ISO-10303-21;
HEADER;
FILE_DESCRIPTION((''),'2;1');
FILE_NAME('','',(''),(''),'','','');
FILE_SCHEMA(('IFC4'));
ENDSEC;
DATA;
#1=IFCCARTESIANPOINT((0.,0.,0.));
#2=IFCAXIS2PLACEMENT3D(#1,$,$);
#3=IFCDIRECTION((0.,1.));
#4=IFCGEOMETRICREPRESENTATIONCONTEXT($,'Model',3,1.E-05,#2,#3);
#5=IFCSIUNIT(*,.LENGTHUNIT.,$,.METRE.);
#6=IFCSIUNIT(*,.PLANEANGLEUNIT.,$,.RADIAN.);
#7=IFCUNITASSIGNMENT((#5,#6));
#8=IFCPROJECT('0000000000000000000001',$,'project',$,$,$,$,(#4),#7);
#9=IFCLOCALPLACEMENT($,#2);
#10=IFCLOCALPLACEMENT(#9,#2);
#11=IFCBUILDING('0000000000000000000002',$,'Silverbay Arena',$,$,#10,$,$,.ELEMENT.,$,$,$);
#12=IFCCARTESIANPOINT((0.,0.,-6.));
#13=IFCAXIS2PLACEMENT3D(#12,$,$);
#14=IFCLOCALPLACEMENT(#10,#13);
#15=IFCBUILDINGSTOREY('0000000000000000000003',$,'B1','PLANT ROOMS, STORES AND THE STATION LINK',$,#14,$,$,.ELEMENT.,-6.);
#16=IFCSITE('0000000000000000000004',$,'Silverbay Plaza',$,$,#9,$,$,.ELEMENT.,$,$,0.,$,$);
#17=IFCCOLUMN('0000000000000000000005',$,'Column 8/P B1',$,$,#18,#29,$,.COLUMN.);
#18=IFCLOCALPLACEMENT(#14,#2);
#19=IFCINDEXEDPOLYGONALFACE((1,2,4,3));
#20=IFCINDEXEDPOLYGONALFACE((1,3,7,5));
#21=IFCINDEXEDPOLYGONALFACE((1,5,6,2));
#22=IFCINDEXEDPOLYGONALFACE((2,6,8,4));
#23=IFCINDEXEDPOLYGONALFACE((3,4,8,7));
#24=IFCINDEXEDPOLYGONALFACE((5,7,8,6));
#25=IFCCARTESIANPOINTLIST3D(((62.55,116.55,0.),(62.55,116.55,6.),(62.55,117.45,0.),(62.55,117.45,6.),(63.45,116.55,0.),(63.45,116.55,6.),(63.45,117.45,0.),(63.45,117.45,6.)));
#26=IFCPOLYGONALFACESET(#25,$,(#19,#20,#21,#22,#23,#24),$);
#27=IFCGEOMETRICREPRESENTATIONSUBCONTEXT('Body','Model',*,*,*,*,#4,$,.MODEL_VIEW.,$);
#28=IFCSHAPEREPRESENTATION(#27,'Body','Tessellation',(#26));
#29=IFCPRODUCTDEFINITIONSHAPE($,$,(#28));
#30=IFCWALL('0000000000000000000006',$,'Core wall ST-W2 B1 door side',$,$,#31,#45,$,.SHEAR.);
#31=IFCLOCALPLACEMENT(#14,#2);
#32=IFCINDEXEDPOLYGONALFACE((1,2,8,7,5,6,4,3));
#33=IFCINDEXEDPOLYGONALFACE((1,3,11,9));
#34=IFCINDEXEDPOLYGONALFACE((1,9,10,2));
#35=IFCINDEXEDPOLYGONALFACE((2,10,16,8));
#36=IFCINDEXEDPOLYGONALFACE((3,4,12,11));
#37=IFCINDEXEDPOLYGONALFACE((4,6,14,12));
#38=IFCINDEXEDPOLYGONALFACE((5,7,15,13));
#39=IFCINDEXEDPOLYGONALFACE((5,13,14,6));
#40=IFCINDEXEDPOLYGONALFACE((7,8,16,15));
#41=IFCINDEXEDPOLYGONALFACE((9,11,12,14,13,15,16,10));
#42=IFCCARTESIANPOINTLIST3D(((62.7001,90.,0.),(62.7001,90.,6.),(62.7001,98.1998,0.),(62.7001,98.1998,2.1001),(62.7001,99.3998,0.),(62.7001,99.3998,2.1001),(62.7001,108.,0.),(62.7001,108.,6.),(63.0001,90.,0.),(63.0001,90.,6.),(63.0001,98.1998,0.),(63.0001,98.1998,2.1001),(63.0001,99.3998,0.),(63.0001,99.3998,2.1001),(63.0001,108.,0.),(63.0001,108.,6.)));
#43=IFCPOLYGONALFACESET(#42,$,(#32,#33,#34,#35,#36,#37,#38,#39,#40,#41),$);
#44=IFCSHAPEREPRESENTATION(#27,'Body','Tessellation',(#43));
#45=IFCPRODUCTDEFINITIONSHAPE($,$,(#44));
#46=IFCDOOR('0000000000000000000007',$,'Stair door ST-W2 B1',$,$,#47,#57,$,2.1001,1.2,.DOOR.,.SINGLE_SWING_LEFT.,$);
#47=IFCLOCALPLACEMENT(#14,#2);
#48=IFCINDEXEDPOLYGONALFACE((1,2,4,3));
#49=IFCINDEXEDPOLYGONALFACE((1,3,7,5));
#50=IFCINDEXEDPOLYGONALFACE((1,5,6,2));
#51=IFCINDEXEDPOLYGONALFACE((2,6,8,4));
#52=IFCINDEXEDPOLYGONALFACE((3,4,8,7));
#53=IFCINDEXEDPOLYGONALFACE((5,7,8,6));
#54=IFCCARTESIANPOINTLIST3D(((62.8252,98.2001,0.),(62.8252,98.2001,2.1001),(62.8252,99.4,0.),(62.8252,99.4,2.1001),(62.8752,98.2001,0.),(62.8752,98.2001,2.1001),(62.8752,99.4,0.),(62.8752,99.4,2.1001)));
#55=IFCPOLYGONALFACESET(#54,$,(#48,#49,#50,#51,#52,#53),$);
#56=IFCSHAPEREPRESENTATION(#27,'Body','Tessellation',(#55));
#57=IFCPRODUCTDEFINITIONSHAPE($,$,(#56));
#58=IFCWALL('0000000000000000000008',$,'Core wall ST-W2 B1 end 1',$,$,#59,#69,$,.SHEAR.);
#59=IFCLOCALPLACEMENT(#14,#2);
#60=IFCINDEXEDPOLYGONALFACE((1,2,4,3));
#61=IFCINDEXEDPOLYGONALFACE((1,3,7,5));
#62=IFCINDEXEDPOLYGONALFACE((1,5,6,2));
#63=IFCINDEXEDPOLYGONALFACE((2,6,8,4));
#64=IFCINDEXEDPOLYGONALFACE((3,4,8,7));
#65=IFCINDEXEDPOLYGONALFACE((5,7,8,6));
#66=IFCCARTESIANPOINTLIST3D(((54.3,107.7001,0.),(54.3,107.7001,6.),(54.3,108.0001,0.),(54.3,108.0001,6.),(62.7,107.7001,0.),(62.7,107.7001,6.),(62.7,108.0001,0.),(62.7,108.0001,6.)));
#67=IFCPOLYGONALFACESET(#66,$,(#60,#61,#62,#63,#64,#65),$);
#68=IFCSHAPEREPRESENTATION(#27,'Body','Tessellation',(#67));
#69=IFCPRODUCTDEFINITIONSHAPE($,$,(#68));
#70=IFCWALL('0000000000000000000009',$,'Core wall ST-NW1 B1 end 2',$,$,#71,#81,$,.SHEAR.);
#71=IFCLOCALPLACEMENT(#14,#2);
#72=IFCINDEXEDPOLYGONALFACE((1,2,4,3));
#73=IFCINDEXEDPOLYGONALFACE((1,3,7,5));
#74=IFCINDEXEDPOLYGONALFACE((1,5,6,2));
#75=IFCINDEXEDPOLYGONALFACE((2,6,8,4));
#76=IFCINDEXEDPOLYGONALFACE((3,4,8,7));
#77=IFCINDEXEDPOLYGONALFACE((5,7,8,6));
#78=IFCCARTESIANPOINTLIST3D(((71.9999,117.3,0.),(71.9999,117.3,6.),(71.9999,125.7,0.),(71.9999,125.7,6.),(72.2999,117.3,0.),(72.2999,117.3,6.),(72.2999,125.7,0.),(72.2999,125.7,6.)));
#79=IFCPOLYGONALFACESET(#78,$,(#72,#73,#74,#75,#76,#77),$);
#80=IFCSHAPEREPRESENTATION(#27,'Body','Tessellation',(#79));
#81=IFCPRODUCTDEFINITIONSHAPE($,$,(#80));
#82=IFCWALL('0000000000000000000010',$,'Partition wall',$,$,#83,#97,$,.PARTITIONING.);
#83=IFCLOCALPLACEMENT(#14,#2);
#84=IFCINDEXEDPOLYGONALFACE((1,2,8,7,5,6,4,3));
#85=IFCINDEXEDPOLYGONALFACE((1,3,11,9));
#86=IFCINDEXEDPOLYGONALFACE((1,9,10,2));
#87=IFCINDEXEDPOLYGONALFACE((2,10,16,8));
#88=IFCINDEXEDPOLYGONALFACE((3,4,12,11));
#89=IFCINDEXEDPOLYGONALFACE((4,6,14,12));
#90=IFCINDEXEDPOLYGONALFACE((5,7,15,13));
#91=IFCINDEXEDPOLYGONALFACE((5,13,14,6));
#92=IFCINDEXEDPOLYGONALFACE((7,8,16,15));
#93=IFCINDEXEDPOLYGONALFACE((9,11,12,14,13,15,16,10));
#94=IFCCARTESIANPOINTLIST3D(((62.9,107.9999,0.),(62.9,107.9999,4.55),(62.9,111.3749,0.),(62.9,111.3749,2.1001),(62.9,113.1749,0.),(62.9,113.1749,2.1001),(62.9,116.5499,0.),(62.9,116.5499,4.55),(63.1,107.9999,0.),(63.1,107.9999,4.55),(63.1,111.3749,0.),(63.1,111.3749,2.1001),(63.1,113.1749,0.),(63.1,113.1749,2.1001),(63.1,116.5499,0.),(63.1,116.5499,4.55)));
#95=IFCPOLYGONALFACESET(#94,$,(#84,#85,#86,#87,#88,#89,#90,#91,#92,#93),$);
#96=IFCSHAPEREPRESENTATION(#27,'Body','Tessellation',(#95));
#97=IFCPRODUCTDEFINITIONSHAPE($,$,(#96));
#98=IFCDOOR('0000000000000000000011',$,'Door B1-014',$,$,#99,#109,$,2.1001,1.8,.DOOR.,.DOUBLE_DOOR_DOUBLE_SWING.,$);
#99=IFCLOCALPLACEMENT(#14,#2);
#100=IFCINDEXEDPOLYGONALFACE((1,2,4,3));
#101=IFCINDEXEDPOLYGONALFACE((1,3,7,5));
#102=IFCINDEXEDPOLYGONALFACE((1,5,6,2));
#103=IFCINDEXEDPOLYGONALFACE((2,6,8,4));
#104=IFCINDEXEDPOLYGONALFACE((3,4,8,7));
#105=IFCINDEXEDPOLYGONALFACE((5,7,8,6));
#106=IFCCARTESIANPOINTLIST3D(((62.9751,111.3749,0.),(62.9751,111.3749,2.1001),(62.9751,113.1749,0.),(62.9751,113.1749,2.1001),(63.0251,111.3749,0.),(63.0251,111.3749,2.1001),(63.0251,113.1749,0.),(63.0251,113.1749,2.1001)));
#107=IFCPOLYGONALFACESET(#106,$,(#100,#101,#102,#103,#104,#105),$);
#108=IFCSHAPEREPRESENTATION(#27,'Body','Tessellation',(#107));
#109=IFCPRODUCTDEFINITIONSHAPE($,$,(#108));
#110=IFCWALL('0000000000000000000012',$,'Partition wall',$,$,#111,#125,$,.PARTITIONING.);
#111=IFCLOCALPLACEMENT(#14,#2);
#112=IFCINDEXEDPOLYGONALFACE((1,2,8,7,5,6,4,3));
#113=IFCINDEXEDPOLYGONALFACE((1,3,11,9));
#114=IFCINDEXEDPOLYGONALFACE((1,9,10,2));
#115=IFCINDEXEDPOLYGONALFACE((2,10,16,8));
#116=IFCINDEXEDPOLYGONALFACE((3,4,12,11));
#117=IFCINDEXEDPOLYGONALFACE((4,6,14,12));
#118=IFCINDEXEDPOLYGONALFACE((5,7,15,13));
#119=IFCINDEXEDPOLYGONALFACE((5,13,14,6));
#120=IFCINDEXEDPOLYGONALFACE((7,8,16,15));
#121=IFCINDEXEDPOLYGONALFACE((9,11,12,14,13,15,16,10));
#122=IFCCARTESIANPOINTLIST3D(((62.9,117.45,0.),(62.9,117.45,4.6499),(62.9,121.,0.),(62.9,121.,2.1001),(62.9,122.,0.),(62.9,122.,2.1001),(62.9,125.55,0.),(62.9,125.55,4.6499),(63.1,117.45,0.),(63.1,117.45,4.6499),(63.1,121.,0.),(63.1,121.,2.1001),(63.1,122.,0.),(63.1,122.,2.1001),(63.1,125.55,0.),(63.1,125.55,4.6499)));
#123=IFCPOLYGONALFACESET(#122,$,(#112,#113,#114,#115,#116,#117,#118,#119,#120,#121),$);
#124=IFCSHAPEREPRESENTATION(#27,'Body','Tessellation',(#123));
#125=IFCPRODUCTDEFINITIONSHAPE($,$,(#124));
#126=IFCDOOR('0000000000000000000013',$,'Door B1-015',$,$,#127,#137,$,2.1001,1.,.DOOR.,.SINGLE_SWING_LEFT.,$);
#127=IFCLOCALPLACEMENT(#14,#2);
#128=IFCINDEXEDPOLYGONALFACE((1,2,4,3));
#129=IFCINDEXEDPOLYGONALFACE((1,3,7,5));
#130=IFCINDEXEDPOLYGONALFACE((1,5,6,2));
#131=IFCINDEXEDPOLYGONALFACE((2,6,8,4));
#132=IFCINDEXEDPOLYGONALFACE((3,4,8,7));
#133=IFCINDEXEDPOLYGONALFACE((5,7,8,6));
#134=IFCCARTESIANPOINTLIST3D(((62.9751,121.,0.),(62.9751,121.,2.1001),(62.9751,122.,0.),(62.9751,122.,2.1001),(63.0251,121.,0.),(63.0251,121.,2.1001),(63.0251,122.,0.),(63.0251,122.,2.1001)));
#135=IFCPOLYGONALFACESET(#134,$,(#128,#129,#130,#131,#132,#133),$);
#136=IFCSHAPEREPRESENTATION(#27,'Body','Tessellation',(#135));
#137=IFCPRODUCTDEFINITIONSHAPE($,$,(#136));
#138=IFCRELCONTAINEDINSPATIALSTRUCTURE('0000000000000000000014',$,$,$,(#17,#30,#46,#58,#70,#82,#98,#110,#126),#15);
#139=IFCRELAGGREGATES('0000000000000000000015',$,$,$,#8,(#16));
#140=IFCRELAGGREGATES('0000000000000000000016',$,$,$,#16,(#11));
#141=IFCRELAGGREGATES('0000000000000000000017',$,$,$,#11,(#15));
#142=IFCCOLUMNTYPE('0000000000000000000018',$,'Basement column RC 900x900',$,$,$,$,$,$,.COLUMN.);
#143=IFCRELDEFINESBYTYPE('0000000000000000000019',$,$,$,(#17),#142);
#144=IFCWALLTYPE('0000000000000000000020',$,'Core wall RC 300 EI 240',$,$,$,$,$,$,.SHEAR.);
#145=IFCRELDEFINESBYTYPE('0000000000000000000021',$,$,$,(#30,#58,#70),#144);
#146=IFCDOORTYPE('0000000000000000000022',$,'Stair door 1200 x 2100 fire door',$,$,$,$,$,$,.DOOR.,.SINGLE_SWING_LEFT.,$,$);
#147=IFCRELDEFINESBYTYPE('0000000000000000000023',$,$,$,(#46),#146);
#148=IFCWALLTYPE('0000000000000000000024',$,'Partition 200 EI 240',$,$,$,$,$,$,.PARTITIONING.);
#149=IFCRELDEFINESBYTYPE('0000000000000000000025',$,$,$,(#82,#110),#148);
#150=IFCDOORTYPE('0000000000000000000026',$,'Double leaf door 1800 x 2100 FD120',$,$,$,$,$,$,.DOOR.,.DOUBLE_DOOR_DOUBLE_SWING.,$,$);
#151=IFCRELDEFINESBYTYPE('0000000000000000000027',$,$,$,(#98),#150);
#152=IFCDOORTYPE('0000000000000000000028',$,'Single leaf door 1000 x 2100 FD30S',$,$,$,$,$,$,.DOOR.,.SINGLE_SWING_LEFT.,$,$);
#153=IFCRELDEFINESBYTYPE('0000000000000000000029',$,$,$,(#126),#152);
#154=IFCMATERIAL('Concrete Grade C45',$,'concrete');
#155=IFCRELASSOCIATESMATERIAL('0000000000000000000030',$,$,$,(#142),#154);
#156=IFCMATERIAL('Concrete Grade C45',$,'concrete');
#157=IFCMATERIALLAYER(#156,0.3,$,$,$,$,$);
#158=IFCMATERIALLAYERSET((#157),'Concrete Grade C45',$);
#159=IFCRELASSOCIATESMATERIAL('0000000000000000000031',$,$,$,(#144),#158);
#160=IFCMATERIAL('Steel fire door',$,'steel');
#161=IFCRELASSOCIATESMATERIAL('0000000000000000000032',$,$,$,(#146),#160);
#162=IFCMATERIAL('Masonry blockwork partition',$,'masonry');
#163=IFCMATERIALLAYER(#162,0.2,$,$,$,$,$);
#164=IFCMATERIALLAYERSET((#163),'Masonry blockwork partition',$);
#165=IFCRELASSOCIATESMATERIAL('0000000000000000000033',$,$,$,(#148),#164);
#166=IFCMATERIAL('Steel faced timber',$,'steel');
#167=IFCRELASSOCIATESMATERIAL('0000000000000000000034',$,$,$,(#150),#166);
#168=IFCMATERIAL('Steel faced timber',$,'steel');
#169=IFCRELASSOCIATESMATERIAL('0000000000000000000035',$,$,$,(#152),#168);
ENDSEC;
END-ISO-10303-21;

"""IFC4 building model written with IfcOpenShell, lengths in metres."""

from ifc_helpers import new_model, si_unit, direction, frame, frame_2d, origin, origin_2d, place, context, subcontext, project, spatial, rectangle, extrude, material, layer, layer_set, material_profile, profile_set, type_object, element, fill, save


model = new_model("IFC4")

# Units and contexts
model_context = context("Model", 3, precision=1e-05, world=origin(), true_north=direction((0.0, 1.0)))
body_context = subcontext(model_context, "Body", "Model", "MODEL_VIEW")
ifc_project = project(units=[si_unit("LENGTHUNIT", "METRE"), si_unit("PLANEANGLEUNIT", "RADIAN")], contexts=[model_context])

# Site, building, storey
site_placement = place(None, origin())
site = spatial("IfcSite", under=ifc_project, at=site_placement, Name="Silverbay Plaza", CompositionType="ELEMENT", RefElevation=0.0)
building_placement = place(site_placement, origin())
building = spatial("IfcBuilding", under=site, at=building_placement, Name="Silverbay Arena", CompositionType="ELEMENT")
storey_placement = place(building_placement, frame((0.0, 0.0, -6.0)))
storey = spatial("IfcBuildingStorey", under=building, at=storey_placement, Name="B1", Description="PLANT ROOMS, STORES AND THE STATION LINK", CompositionType="ELEMENT", Elevation=-6.0)

# Column
ifc_material_1 = material(Name="Concrete Grade C45", Category="concrete")
ifc_material_profile_1 = material_profile(ifc_material_1, rectangle(XDim=0.8999, YDim=0.8999, at=origin_2d()), Name="RC 900x900")
ifc_profile_set_1 = profile_set([ifc_material_profile_1], Name="Concrete Grade C45")
column_type = type_object("IfcColumnType", Name="Basement column RC 900x900", PredefinedType="COLUMN", material=ifc_profile_set_1)
column_placement = place(storey_placement, frame((63.0, 117.0, 0.0), z_axis=(0.0, 0.0, 1.0), x_axis=(1.0, 0.0, 0.0)))
element("IfcColumn", 1, at=column_placement, inside=storey, type_object=column_type, Name="Column 8/P B1", PredefinedType="COLUMN", context=body_context, shape_type="SweptSolid", body=[
    extrude(rectangle(XDim=0.8999, YDim=0.8999, at=origin_2d()), origin(), (0.0, 0.0, 1.0), 6.0),
])

# Wall, opening, door
ifc_material_2 = material(Name="Concrete Grade C45", Category="concrete")
ifc_layer_1 = layer(ifc_material_2, 0.3)
ifc_layer_set_1 = layer_set([ifc_layer_1], Name="Concrete Grade C45")
wall_type_1 = type_object("IfcWallType", Name="Core wall RC 300 EI 240", PredefinedType="SHEAR", material=ifc_layer_set_1)
wall_1_placement = place(storey_placement, frame((62.8501, 108.0, 0.0), z_axis=(0.0, 0.0, 1.0), x_axis=(0.0, -1.0, 0.0)))
wall_1 = element("IfcWall", 2, at=wall_1_placement, inside=storey, type_object=wall_type_1, Name="Core wall ST-W2 B1 door side", PredefinedType="SHEAR", context=body_context, shape_type="SweptSolid", body=[
    extrude(rectangle(XDim=18.0, YDim=0.3, at=frame_2d((9.0, 0.0))), origin(), (0.0, 0.0, 1.0), 6.0),
])
opening_1_placement = place(wall_1_placement, frame((8.6001, 0.0, 0.0)))
opening_1 = element("IfcOpeningElement", 3, at=opening_1_placement, cuts=wall_1, PredefinedType="OPENING", context=body_context, shape_type="SweptSolid", body=[
    extrude(rectangle(XDim=1.2, YDim=2.1001, at=frame_2d((0.6001, 1.05))), frame((0.0, 0.1602, 0.0), z_axis=(0.0, -1.0, 0.0), x_axis=(1.0, 0.0, 0.0)), (0.0, 0.0, 1.0), 0.3201),
])
ifc_material_3 = material(Name="Steel fire door", Category="steel")
door_type_1 = type_object("IfcDoorType", Name="Stair door 1200 x 2100 fire door", OperationType="SINGLE_SWING_LEFT", PredefinedType="DOOR", material=ifc_material_3)
door_1_placement = place(opening_1_placement, frame((1.2, 0.0, 0.0), z_axis=(0.0, 0.0, 1.0), x_axis=(-1.0, 0.0, 0.0)))
door_1 = element("IfcDoor", 4, at=door_1_placement, inside=storey, type_object=door_type_1, Name="Stair door ST-W2 B1", OperationType="SINGLE_SWING_LEFT", OverallHeight=2.1001, OverallWidth=1.2, PredefinedType="DOOR", context=body_context, shape_type="SweptSolid", body=[
    extrude(rectangle(XDim=1.2, YDim=2.1001, at=frame_2d((0.6001, 1.05))), frame((0.0, 0.0249, 0.0), z_axis=(0.0, -1.0, 0.0), x_axis=(1.0, 0.0, 0.0)), (0.0, 0.0, 1.0), 0.05),
])
fill(opening_1, door_1)

# Walls
for number, where, z_axis, x_axis, name in (
    (5, (62.7, 107.8501, 0.0), (0.0, 0.0, 1.0), (-1.0, 0.0, 0.0), "Core wall ST-W2 B1 end 1"),
    (6, (72.1499, 117.3, 0.0), (0.0, 0.0, 1.0), (0.0, 1.0, 0.0), "Core wall ST-NW1 B1 end 2"),
):
    element("IfcWall", number, at=place(storey_placement, frame(where, z_axis=z_axis, x_axis=x_axis)), inside=storey, type_object=wall_type_1, Name=name, PredefinedType="SHEAR", context=body_context, shape_type="SweptSolid", body=[
        extrude(rectangle(XDim=8.3999, YDim=0.3, at=frame_2d((4.2, 0.0))), origin(), (0.0, 0.0, 1.0), 6.0),
    ])

# Walls, openings, doors
ifc_material_4 = material(Name="Masonry blockwork partition", Category="masonry")
ifc_layer_2 = layer(ifc_material_4, 0.2)
ifc_layer_set_2 = layer_set([ifc_layer_2], Name="Masonry blockwork partition")
wall_type_2 = type_object("IfcWallType", Name="Partition 200 EI 240", PredefinedType="PARTITIONING", material=ifc_layer_set_2)
wall_2_placement = place(storey_placement, frame((63.0, 108.0, 0.0), z_axis=(0.0, 0.0, 1.0), x_axis=(0.0, 1.0, 0.0)))
wall_2 = element("IfcWall", 7, at=wall_2_placement, inside=storey, type_object=wall_type_2, Name="Partition wall", PredefinedType="PARTITIONING", context=body_context, shape_type="SweptSolid", body=[
    extrude(rectangle(XDim=8.55, YDim=0.2, at=frame_2d((4.2749, 0.0))), origin(), (0.0, 0.0, 1.0), 4.55),
])
opening_2_placement = place(wall_2_placement, frame((3.375, 0.0, 0.0)))
opening_2 = element("IfcOpeningElement", 8, at=opening_2_placement, cuts=wall_2, PredefinedType="OPENING", context=body_context, shape_type="SweptSolid", body=[
    extrude(rectangle(XDim=1.8, YDim=2.1001, at=frame_2d((0.8999, 1.05))), frame((0.0, 0.1099, 0.0), z_axis=(0.0, -1.0, 0.0), x_axis=(1.0, 0.0, 0.0)), (0.0, 0.0, 1.0), 0.22),
])
ifc_material_5 = material(Name="Steel faced timber", Category="steel")
door_type_2 = type_object("IfcDoorType", Name="Double leaf door 1800 x 2100 FD120", OperationType="DOUBLE_DOOR_DOUBLE_SWING", PredefinedType="DOOR", material=ifc_material_5)
door_2_placement = place(opening_2_placement, origin())
door_2 = element("IfcDoor", 9, at=door_2_placement, inside=storey, type_object=door_type_2, Name="Door B1-014", OperationType="DOUBLE_DOOR_DOUBLE_SWING", OverallHeight=2.1001, OverallWidth=1.8, PredefinedType="DOOR", context=body_context, shape_type="SweptSolid", body=[
    extrude(rectangle(XDim=1.8, YDim=2.1001, at=frame_2d((0.8999, 1.05))), frame((0.0, 0.0249, 0.0), z_axis=(0.0, -1.0, 0.0), x_axis=(1.0, 0.0, 0.0)), (0.0, 0.0, 1.0), 0.05),
])
fill(opening_2, door_2)
wall_3_placement = place(storey_placement, frame((63.0, 117.45, 0.0), z_axis=(0.0, 0.0, 1.0), x_axis=(0.0, 1.0, 0.0)))
wall_3 = element("IfcWall", 10, at=wall_3_placement, inside=storey, type_object=wall_type_2, Name="Partition wall", PredefinedType="PARTITIONING", context=body_context, shape_type="SweptSolid", body=[
    extrude(rectangle(XDim=8.1001, YDim=0.2, at=frame_2d((4.05, 0.0))), origin(), (0.0, 0.0, 1.0), 4.6499),
])
opening_3_placement = place(wall_3_placement, frame((3.55, 0.0, 0.0)))
opening_3 = element("IfcOpeningElement", 11, at=opening_3_placement, cuts=wall_3, PredefinedType="OPENING", context=body_context, shape_type="SweptSolid", body=[
    extrude(rectangle(XDim=1.0, YDim=2.1001, at=frame_2d((0.5, 1.05))), frame((0.0, 0.1099, 0.0), z_axis=(0.0, -1.0, 0.0), x_axis=(1.0, 0.0, 0.0)), (0.0, 0.0, 1.0), 0.22),
])
ifc_material_6 = material(Name="Steel faced timber", Category="steel")
door_type_3 = type_object("IfcDoorType", Name="Single leaf door 1000 x 2100 FD30S", OperationType="SINGLE_SWING_LEFT", PredefinedType="DOOR", material=ifc_material_6)
door_3_placement = place(opening_3_placement, origin())
door_3 = element("IfcDoor", 12, at=door_3_placement, inside=storey, type_object=door_type_3, Name="Door B1-015", OperationType="SINGLE_SWING_LEFT", OverallHeight=2.1001, OverallWidth=1.0, PredefinedType="DOOR", context=body_context, shape_type="SweptSolid", body=[
    extrude(rectangle(XDim=1.0, YDim=2.1001, at=frame_2d((0.5, 1.05))), frame((0.0, 0.0249, 0.0), z_axis=(0.0, -1.0, 0.0), x_axis=(1.0, 0.0, 0.0)), (0.0, 0.0, 1.0), 0.05),
])
fill(opening_3, door_3)

save(model, "model.ifc")
